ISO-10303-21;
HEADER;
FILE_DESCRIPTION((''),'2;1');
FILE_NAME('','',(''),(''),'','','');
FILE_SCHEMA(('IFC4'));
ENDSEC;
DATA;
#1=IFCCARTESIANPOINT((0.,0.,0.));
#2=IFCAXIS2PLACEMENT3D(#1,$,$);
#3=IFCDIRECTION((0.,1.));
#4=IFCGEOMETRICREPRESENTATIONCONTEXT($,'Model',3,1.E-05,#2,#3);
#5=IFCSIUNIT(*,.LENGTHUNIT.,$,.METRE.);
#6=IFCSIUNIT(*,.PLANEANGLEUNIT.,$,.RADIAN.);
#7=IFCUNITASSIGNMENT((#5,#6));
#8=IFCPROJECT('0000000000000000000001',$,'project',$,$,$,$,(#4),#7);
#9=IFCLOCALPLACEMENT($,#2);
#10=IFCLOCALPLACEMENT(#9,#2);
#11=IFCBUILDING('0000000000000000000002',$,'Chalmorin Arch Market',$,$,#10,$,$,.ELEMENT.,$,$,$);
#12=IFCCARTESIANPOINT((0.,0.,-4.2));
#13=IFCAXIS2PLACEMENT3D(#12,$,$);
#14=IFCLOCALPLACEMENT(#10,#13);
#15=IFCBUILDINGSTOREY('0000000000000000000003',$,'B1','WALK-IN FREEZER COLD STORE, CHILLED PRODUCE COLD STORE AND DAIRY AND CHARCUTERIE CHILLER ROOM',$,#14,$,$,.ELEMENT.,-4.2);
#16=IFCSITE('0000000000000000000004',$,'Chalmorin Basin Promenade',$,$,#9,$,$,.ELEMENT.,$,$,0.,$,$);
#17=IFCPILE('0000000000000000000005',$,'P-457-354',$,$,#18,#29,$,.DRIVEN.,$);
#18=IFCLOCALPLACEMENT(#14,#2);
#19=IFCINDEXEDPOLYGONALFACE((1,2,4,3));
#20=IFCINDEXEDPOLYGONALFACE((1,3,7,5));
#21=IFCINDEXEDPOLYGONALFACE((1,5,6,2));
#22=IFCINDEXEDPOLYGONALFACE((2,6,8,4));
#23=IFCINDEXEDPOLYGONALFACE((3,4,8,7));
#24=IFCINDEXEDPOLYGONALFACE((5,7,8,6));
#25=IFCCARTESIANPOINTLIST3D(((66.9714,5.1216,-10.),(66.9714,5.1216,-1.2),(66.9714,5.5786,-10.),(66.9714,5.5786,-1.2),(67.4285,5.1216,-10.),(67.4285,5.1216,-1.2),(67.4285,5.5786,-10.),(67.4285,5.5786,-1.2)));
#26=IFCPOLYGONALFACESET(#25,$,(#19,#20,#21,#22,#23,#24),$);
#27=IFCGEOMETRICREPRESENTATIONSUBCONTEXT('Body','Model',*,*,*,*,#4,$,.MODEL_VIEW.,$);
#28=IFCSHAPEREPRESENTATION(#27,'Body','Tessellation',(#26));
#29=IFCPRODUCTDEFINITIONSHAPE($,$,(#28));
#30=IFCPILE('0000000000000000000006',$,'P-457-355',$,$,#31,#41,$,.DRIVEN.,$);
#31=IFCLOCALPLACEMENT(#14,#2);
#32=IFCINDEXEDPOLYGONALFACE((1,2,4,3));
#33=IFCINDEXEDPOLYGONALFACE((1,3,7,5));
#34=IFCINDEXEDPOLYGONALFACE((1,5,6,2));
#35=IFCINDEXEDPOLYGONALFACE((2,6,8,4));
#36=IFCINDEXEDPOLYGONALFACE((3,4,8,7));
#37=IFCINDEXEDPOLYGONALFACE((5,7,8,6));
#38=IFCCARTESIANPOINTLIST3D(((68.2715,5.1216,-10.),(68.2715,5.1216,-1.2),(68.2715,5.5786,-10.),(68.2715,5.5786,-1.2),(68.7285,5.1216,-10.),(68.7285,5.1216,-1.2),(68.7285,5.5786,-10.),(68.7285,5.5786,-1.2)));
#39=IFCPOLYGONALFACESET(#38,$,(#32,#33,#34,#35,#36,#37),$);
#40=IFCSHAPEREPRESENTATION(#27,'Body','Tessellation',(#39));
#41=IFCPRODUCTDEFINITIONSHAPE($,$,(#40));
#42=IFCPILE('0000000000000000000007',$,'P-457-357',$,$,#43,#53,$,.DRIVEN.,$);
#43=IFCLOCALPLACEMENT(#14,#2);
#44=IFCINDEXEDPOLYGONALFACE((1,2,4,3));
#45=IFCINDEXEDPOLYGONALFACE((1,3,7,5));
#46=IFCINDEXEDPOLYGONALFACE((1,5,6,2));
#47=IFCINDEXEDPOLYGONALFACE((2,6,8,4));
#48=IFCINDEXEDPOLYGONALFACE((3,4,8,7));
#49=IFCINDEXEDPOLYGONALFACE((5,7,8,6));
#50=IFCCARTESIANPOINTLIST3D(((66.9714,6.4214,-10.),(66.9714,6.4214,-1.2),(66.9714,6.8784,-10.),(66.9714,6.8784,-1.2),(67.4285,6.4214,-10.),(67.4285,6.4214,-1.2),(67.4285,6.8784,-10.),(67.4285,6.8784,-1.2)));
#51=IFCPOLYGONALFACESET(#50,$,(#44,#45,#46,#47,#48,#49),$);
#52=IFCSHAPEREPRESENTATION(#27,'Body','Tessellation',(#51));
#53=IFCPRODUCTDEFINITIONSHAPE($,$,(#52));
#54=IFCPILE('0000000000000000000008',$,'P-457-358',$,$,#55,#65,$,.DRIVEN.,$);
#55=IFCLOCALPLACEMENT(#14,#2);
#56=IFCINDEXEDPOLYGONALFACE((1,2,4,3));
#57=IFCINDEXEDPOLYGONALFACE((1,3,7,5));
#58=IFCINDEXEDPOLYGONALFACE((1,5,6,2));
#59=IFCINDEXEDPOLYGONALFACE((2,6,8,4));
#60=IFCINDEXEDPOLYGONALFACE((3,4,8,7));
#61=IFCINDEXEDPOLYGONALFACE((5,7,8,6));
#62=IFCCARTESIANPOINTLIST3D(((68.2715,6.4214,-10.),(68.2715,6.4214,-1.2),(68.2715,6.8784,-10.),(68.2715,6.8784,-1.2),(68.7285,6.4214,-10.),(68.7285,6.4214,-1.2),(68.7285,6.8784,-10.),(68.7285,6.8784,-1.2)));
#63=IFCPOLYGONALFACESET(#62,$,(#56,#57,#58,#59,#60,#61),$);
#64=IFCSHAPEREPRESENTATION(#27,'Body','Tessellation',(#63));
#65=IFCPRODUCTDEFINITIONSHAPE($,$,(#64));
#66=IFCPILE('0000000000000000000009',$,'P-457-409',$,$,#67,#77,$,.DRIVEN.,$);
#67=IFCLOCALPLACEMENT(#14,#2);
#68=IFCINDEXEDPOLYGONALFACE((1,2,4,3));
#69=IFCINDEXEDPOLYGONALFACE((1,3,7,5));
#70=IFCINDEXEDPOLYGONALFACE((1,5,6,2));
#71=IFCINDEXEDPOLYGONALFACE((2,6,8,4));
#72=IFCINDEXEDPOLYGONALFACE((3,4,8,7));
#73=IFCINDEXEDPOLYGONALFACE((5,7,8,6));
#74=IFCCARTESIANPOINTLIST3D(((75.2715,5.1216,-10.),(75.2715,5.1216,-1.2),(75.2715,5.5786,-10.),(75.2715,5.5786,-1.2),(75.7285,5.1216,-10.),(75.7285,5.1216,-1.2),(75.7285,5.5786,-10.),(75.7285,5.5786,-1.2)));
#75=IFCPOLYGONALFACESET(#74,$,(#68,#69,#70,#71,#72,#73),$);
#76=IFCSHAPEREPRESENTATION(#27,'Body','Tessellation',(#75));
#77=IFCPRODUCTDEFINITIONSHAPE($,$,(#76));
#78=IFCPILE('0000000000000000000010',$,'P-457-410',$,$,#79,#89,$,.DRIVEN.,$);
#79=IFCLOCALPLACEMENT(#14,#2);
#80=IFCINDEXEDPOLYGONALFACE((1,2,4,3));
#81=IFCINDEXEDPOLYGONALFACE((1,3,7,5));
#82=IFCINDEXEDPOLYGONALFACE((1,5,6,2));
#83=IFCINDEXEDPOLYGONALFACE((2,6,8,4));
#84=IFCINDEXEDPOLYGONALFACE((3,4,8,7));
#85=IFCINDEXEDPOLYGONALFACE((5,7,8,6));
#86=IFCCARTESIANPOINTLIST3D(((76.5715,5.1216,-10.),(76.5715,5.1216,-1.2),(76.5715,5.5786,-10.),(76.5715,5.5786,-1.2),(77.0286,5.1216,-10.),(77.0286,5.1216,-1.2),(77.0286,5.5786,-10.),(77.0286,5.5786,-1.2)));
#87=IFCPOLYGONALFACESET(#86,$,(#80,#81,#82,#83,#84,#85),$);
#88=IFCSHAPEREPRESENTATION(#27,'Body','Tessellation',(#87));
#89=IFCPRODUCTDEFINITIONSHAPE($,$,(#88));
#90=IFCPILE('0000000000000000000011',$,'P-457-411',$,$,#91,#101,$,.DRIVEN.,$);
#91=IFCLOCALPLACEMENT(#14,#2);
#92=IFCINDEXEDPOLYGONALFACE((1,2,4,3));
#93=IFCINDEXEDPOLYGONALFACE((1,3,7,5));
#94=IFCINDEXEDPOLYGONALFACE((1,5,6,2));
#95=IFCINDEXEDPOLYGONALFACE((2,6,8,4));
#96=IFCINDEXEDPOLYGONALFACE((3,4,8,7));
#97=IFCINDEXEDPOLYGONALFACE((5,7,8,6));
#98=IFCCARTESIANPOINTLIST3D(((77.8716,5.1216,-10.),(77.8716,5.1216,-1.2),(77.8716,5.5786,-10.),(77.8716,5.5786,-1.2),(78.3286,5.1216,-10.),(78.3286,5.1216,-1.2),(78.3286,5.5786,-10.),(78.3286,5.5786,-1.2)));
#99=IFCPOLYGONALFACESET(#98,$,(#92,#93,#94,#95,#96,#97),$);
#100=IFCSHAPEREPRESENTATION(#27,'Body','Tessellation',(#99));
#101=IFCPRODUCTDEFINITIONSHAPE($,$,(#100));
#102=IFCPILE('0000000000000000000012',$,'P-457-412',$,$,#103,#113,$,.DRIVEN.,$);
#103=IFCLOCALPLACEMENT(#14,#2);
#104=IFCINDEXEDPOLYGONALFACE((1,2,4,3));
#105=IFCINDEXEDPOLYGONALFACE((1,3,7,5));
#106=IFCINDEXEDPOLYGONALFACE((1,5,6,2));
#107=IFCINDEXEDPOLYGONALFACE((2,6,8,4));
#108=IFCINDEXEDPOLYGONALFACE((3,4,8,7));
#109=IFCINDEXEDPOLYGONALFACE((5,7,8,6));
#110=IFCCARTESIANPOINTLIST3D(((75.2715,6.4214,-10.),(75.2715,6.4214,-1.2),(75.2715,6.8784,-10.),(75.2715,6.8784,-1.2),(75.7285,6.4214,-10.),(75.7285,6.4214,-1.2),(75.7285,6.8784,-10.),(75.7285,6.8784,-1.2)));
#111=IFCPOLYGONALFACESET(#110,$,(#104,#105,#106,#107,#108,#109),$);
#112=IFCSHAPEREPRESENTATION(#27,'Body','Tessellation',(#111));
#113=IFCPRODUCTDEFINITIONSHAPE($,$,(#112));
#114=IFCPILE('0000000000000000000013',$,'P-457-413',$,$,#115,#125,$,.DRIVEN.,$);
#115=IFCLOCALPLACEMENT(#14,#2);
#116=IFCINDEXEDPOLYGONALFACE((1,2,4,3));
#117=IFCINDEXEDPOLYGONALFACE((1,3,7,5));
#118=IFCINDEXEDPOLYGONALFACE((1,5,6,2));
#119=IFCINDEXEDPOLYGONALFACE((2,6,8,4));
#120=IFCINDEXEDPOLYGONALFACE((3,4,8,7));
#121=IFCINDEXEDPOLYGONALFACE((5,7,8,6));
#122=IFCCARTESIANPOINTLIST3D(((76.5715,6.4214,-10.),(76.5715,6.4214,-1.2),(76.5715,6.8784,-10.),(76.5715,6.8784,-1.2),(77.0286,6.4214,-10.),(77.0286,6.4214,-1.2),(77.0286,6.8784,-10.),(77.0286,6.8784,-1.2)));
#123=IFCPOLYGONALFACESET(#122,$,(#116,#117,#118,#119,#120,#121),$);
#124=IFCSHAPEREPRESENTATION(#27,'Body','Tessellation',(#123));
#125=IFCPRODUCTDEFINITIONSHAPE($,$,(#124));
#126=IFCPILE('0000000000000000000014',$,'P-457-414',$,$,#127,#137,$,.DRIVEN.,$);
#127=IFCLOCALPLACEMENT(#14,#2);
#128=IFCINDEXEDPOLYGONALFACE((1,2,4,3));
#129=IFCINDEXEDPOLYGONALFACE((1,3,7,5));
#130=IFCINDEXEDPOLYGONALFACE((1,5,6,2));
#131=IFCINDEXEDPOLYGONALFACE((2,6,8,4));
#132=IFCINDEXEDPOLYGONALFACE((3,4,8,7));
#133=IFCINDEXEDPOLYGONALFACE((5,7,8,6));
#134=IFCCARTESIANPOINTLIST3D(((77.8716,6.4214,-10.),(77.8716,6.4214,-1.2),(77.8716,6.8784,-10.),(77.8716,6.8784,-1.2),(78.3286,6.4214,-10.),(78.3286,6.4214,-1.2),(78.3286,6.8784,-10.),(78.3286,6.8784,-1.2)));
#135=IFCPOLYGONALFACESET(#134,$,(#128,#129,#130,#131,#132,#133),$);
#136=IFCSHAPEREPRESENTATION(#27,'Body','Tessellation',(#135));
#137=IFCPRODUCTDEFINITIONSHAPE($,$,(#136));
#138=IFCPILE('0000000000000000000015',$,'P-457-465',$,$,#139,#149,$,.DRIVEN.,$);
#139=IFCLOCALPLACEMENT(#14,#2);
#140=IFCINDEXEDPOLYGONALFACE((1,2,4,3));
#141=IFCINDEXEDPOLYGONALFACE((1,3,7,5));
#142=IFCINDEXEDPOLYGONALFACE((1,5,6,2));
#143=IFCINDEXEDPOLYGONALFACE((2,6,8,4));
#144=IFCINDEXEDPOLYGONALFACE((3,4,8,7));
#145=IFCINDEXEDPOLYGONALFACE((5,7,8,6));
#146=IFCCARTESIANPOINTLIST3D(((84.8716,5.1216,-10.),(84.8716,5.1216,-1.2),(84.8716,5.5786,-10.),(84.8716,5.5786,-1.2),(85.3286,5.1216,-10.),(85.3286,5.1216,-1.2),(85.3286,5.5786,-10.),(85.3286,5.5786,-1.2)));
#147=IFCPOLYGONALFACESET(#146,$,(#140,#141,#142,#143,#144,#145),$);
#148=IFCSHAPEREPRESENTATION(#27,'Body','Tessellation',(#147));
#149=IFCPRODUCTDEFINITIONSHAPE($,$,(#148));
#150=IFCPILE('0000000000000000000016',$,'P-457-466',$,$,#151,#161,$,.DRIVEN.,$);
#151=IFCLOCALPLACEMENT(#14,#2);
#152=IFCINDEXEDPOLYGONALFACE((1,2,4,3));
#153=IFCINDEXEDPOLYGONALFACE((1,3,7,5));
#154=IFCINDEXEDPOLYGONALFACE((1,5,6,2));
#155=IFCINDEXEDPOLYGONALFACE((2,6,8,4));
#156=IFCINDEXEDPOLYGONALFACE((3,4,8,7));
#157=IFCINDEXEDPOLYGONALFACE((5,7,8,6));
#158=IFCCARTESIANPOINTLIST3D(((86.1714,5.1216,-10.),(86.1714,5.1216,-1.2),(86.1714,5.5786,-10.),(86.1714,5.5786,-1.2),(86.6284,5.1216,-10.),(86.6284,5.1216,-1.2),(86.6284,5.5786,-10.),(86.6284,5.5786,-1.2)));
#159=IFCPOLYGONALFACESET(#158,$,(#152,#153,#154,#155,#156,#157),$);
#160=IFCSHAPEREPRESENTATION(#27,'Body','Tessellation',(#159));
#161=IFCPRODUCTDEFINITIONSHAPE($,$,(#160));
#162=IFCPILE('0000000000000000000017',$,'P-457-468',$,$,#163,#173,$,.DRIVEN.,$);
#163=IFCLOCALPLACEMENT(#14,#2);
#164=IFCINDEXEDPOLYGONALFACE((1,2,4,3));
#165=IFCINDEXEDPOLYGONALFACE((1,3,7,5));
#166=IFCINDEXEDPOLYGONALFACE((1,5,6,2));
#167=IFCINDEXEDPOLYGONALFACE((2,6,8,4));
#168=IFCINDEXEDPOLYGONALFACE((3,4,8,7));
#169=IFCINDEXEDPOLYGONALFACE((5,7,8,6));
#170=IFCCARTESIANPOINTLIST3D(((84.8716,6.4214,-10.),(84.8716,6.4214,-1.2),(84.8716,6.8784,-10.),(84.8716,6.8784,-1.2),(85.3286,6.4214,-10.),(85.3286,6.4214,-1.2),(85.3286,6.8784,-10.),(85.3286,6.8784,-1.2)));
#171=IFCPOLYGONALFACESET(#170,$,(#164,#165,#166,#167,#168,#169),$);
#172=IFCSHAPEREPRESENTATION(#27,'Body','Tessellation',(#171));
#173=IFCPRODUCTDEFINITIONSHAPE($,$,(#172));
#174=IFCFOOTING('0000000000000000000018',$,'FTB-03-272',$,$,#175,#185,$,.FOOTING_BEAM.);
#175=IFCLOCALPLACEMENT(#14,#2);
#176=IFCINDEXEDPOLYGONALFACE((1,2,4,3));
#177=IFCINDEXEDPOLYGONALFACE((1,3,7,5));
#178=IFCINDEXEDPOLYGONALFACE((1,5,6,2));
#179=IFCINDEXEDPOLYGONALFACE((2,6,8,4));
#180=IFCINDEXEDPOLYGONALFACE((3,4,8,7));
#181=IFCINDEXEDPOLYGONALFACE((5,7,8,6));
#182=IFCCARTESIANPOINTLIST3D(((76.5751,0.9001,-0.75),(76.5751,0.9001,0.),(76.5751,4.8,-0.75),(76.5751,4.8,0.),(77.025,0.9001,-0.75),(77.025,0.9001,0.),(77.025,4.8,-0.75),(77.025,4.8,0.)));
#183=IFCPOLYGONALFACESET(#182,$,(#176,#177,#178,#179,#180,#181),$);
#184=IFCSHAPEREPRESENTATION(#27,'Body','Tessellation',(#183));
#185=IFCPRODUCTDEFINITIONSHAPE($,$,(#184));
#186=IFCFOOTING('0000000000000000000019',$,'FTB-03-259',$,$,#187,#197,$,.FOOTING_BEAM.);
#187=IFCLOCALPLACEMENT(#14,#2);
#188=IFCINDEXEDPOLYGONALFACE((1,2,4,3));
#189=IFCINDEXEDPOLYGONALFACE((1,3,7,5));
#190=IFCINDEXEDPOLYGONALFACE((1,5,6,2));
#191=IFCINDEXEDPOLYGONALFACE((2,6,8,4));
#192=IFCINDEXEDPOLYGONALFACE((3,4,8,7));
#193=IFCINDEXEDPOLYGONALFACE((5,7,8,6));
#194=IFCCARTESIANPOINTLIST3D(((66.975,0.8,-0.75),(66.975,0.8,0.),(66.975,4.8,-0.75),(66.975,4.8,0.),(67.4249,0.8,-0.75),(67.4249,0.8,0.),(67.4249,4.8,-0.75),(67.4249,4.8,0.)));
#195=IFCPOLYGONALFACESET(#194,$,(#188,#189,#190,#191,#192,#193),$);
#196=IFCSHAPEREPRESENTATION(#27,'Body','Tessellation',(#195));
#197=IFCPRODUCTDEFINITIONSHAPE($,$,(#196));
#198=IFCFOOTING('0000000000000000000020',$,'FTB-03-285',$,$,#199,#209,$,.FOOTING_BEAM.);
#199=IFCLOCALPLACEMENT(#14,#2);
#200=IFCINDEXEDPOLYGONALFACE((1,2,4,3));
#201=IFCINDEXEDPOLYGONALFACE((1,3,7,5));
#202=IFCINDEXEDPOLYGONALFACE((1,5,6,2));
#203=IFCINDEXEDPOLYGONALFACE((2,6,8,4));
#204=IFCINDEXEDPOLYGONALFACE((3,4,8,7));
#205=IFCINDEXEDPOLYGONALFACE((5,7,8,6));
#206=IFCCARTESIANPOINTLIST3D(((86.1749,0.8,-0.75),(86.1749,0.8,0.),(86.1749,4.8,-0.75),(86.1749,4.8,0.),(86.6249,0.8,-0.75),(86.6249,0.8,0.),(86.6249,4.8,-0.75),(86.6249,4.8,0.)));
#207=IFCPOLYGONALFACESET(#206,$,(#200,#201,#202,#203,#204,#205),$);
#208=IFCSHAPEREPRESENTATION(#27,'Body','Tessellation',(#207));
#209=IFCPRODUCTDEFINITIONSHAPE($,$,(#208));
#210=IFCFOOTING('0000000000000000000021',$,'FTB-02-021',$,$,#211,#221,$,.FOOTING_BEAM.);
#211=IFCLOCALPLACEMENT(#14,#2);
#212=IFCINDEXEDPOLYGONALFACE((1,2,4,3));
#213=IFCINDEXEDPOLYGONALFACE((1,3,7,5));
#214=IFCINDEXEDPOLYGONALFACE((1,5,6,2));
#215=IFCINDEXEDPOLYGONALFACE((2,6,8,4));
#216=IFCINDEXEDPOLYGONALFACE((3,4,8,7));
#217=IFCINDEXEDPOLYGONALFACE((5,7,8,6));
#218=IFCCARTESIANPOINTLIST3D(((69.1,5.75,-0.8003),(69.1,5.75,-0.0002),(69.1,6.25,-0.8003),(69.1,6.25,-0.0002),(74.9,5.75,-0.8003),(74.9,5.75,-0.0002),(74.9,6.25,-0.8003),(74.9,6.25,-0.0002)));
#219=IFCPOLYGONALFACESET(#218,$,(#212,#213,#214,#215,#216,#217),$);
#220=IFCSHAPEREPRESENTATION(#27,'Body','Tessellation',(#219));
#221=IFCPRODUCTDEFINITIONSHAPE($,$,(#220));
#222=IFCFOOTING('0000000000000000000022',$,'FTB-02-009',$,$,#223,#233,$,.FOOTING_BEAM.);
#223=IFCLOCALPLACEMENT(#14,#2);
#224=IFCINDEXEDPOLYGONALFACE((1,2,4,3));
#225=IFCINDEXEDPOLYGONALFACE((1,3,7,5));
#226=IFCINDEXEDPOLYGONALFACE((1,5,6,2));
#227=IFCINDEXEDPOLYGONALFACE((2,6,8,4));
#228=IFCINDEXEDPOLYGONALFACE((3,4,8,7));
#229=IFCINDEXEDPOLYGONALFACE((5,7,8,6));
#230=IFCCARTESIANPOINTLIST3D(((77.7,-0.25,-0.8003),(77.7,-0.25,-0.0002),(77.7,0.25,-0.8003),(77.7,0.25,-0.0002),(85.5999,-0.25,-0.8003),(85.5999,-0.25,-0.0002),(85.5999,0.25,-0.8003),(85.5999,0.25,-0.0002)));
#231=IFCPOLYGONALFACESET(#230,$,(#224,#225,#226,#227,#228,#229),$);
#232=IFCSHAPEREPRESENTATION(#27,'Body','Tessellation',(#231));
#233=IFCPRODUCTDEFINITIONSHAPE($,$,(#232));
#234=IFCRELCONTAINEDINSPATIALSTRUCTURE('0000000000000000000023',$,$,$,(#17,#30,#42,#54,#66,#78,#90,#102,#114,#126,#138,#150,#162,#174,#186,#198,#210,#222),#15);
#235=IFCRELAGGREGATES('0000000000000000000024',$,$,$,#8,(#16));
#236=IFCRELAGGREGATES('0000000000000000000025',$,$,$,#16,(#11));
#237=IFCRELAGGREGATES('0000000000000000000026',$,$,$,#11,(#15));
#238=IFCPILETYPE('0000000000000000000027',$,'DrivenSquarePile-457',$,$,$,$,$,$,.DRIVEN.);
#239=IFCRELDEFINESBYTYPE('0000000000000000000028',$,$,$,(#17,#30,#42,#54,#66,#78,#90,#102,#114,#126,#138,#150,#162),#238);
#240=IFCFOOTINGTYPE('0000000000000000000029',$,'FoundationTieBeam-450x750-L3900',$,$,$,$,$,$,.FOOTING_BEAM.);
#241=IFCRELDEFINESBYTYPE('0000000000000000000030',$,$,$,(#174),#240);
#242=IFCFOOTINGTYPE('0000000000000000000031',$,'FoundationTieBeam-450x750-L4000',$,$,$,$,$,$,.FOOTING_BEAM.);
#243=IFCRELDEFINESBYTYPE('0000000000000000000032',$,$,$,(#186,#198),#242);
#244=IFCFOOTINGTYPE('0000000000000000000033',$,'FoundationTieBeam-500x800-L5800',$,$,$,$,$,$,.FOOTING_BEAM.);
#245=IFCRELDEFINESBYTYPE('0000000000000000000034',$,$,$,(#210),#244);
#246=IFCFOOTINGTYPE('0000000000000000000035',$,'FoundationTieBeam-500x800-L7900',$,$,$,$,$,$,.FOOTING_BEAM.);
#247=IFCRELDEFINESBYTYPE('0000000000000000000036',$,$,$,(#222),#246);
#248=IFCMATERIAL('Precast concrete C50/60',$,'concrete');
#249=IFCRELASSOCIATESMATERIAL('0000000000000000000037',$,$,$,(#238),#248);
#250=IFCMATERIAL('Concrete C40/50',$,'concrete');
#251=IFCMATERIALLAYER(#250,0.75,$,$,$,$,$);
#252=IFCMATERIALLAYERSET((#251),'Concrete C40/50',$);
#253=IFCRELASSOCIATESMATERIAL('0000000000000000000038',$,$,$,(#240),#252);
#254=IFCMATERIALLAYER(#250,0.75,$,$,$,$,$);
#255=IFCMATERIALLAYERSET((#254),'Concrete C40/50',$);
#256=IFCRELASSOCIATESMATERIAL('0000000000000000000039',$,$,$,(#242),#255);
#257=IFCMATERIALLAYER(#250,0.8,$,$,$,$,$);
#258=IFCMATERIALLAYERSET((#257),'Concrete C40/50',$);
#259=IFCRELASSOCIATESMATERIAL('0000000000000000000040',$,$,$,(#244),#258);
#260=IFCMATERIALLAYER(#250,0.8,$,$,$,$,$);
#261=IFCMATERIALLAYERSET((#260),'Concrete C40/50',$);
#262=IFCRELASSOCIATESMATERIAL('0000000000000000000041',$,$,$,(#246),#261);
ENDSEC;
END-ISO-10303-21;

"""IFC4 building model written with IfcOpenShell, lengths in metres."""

from ifc_helpers import new_model, si_unit, direction, frame, origin, origin_2d, place, context, subcontext, project, spatial, rectangle, extrude, material, layer, layer_set, material_profile, profile_set, type_object, element, save


model = new_model("IFC4")

# Units and contexts
model_context = context("Model", 3, precision=1e-05, world=origin(), true_north=direction((0.0, 1.0)))
body_context = subcontext(model_context, "Body", "Model", "MODEL_VIEW")
ifc_project = project(units=[si_unit("LENGTHUNIT", "METRE"), si_unit("PLANEANGLEUNIT", "RADIAN")], contexts=[model_context])

# Site, building, storey
site_placement = place(None, origin())
site = spatial("IfcSite", under=ifc_project, at=site_placement, Name="Chalmorin Basin Promenade", CompositionType="ELEMENT", RefElevation=0.0)
building_placement = place(site_placement, origin())
building = spatial("IfcBuilding", under=site, at=building_placement, Name="Chalmorin Arch Market", CompositionType="ELEMENT")
storey_placement = place(building_placement, frame((0.0, 0.0, -4.2)))
storey = spatial("IfcBuildingStorey", under=building, at=storey_placement, Name="B1", Description="WALK-IN FREEZER COLD STORE, CHILLED PRODUCE COLD STORE AND DAIRY AND CHARCUTERIE CHILLER ROOM", CompositionType="ELEMENT", Elevation=-4.2)

# Piles
ifc_material_1 = material(Name="Precast concrete C50/60", Category="concrete")
ifc_material_profile_1 = material_profile(ifc_material_1, rectangle(XDim=0.457, YDim=0.457, at=origin_2d()), Name="PPC457")
ifc_profile_set_1 = profile_set([ifc_material_profile_1], Name="Precast concrete C50/60")
pile_type = type_object("IfcPileType", Name="DrivenSquarePile-457", PredefinedType="DRIVEN", material=ifc_profile_set_1)
for number, where, z_axis, x_axis, name in (
    (1, (67.2, 5.3501, -1.2), (0.0, 0.0, -1.0), (1.0, 0.0, 0.0), "P-457-354"),
    (2, (68.5, 5.3501, -1.2), (0.0, 0.0, -1.0), (1.0, 0.0, 0.0), "P-457-355"),
    (3, (67.2, 6.6499, -1.2), (0.0, 0.0, -1.0), (1.0, 0.0, 0.0), "P-457-357"),
    (4, (68.5, 6.6499, -1.2), (0.0, 0.0, -1.0), (1.0, 0.0, 0.0), "P-457-358"),
    (5, (75.5, 5.3501, -1.2), (0.0, 0.0, -1.0), (1.0, 0.0, 0.0), "P-457-409"),
    (6, (76.8, 5.3501, -1.2), (0.0, 0.0, -1.0), (1.0, 0.0, 0.0), "P-457-410"),
    (7, (78.1001, 5.3501, -1.2), (0.0, 0.0, -1.0), (1.0, 0.0, 0.0), "P-457-411"),
    (8, (75.5, 6.6499, -1.2), (0.0, 0.0, -1.0), (1.0, 0.0, 0.0), "P-457-412"),
    (9, (76.8, 6.6499, -1.2), (0.0, 0.0, -1.0), (1.0, 0.0, 0.0), "P-457-413"),
    (10, (78.1001, 6.6499, -1.2), (0.0, 0.0, -1.0), (1.0, 0.0, 0.0), "P-457-414"),
    (11, (85.1001, 5.3501, -1.2), (0.0, 0.0, -1.0), (1.0, 0.0, 0.0), "P-457-465"),
    (12, (86.3999, 5.3501, -1.2), (0.0, 0.0, -1.0), (1.0, 0.0, 0.0), "P-457-466"),
    (13, (85.1001, 6.6499, -1.2), (0.0, 0.0, -1.0), (1.0, 0.0, 0.0), "P-457-468"),
):
    element("IfcPile", number, at=place(storey_placement, frame(where, z_axis=z_axis, x_axis=x_axis)), inside=storey, type_object=pile_type, Name=name, PredefinedType="DRIVEN", context=body_context, shape_type="SweptSolid", body=[
        extrude(rectangle(XDim=0.457, YDim=0.457, at=origin_2d()), origin(), (0.0, 0.0, 1.0), 8.8),
    ])

# Footings
ifc_material_2 = material(Name="Concrete C40/50", Category="concrete")
ifc_layer_1 = layer(ifc_material_2, 0.75)
ifc_layer_set_1 = layer_set([ifc_layer_1], Name="Concrete C40/50")
footing_type_1 = type_object("IfcFootingType", Name="FoundationTieBeam-450x750-L3900", PredefinedType="FOOTING_BEAM", material=ifc_layer_set_1)
footing_1_placement = place(storey_placement, frame((76.8, 2.8501, -0.75), z_axis=(0.0, 0.0, 1.0), x_axis=(0.0, 1.0, 0.0)))
element("IfcFooting", 14, at=footing_1_placement, inside=storey, type_object=footing_type_1, Name="FTB-03-272", PredefinedType="FOOTING_BEAM", context=body_context, shape_type="SweptSolid", body=[
    extrude(rectangle(XDim=3.8999, YDim=0.45, at=origin_2d()), origin(), (0.0, 0.0, 1.0), 0.75),
])
ifc_layer_2 = layer(ifc_material_2, 0.75)
ifc_layer_set_2 = layer_set([ifc_layer_2], Name="Concrete C40/50")
footing_type_2 = type_object("IfcFootingType", Name="FoundationTieBeam-450x750-L4000", PredefinedType="FOOTING_BEAM", material=ifc_layer_set_2)
for number, where, z_axis, x_axis, name in (
    (15, (67.2, 2.8, -0.75), (0.0, 0.0, 1.0), (0.0, 1.0, 0.0), "FTB-03-259"),
    (16, (86.3999, 2.8, -0.75), (0.0, 0.0, 1.0), (0.0, 1.0, 0.0), "FTB-03-285"),
):
    element("IfcFooting", number, at=place(storey_placement, frame(where, z_axis=z_axis, x_axis=x_axis)), inside=storey, type_object=footing_type_2, Name=name, PredefinedType="FOOTING_BEAM", context=body_context, shape_type="SweptSolid", body=[
        extrude(rectangle(XDim=4.0, YDim=0.45, at=origin_2d()), origin(), (0.0, 0.0, 1.0), 0.75),
    ])
ifc_layer_3 = layer(ifc_material_2, 0.8)
ifc_layer_set_3 = layer_set([ifc_layer_3], Name="Concrete C40/50")
footing_type_3 = type_object("IfcFootingType", Name="FoundationTieBeam-500x800-L5800", PredefinedType="FOOTING_BEAM", material=ifc_layer_set_3)
footing_2_placement = place(storey_placement, frame((72.0, 6.0, -0.8003), z_axis=(0.0, 0.0, 1.0), x_axis=(1.0, 0.0, 0.0)))
element("IfcFooting", 17, at=footing_2_placement, inside=storey, type_object=footing_type_3, Name="FTB-02-021", PredefinedType="FOOTING_BEAM", context=body_context, shape_type="SweptSolid", body=[
    extrude(rectangle(XDim=5.8, YDim=0.5, at=origin_2d()), origin(), (0.0, 0.0, 1.0), 0.8),
])
ifc_layer_4 = layer(ifc_material_2, 0.8)
ifc_layer_set_4 = layer_set([ifc_layer_4], Name="Concrete C40/50")
footing_type_4 = type_object("IfcFootingType", Name="FoundationTieBeam-500x800-L7900", PredefinedType="FOOTING_BEAM", material=ifc_layer_set_4)
footing_3_placement = place(storey_placement, frame((81.6499, 0.0, -0.8003), z_axis=(0.0, 0.0, 1.0), x_axis=(1.0, 0.0, 0.0)))
element("IfcFooting", 18, at=footing_3_placement, inside=storey, type_object=footing_type_4, Name="FTB-02-009", PredefinedType="FOOTING_BEAM", context=body_context, shape_type="SweptSolid", body=[
    extrude(rectangle(XDim=7.8999, YDim=0.5, at=origin_2d()), origin(), (0.0, 0.0, 1.0), 0.8),
])

save(model, "model.ifc")
